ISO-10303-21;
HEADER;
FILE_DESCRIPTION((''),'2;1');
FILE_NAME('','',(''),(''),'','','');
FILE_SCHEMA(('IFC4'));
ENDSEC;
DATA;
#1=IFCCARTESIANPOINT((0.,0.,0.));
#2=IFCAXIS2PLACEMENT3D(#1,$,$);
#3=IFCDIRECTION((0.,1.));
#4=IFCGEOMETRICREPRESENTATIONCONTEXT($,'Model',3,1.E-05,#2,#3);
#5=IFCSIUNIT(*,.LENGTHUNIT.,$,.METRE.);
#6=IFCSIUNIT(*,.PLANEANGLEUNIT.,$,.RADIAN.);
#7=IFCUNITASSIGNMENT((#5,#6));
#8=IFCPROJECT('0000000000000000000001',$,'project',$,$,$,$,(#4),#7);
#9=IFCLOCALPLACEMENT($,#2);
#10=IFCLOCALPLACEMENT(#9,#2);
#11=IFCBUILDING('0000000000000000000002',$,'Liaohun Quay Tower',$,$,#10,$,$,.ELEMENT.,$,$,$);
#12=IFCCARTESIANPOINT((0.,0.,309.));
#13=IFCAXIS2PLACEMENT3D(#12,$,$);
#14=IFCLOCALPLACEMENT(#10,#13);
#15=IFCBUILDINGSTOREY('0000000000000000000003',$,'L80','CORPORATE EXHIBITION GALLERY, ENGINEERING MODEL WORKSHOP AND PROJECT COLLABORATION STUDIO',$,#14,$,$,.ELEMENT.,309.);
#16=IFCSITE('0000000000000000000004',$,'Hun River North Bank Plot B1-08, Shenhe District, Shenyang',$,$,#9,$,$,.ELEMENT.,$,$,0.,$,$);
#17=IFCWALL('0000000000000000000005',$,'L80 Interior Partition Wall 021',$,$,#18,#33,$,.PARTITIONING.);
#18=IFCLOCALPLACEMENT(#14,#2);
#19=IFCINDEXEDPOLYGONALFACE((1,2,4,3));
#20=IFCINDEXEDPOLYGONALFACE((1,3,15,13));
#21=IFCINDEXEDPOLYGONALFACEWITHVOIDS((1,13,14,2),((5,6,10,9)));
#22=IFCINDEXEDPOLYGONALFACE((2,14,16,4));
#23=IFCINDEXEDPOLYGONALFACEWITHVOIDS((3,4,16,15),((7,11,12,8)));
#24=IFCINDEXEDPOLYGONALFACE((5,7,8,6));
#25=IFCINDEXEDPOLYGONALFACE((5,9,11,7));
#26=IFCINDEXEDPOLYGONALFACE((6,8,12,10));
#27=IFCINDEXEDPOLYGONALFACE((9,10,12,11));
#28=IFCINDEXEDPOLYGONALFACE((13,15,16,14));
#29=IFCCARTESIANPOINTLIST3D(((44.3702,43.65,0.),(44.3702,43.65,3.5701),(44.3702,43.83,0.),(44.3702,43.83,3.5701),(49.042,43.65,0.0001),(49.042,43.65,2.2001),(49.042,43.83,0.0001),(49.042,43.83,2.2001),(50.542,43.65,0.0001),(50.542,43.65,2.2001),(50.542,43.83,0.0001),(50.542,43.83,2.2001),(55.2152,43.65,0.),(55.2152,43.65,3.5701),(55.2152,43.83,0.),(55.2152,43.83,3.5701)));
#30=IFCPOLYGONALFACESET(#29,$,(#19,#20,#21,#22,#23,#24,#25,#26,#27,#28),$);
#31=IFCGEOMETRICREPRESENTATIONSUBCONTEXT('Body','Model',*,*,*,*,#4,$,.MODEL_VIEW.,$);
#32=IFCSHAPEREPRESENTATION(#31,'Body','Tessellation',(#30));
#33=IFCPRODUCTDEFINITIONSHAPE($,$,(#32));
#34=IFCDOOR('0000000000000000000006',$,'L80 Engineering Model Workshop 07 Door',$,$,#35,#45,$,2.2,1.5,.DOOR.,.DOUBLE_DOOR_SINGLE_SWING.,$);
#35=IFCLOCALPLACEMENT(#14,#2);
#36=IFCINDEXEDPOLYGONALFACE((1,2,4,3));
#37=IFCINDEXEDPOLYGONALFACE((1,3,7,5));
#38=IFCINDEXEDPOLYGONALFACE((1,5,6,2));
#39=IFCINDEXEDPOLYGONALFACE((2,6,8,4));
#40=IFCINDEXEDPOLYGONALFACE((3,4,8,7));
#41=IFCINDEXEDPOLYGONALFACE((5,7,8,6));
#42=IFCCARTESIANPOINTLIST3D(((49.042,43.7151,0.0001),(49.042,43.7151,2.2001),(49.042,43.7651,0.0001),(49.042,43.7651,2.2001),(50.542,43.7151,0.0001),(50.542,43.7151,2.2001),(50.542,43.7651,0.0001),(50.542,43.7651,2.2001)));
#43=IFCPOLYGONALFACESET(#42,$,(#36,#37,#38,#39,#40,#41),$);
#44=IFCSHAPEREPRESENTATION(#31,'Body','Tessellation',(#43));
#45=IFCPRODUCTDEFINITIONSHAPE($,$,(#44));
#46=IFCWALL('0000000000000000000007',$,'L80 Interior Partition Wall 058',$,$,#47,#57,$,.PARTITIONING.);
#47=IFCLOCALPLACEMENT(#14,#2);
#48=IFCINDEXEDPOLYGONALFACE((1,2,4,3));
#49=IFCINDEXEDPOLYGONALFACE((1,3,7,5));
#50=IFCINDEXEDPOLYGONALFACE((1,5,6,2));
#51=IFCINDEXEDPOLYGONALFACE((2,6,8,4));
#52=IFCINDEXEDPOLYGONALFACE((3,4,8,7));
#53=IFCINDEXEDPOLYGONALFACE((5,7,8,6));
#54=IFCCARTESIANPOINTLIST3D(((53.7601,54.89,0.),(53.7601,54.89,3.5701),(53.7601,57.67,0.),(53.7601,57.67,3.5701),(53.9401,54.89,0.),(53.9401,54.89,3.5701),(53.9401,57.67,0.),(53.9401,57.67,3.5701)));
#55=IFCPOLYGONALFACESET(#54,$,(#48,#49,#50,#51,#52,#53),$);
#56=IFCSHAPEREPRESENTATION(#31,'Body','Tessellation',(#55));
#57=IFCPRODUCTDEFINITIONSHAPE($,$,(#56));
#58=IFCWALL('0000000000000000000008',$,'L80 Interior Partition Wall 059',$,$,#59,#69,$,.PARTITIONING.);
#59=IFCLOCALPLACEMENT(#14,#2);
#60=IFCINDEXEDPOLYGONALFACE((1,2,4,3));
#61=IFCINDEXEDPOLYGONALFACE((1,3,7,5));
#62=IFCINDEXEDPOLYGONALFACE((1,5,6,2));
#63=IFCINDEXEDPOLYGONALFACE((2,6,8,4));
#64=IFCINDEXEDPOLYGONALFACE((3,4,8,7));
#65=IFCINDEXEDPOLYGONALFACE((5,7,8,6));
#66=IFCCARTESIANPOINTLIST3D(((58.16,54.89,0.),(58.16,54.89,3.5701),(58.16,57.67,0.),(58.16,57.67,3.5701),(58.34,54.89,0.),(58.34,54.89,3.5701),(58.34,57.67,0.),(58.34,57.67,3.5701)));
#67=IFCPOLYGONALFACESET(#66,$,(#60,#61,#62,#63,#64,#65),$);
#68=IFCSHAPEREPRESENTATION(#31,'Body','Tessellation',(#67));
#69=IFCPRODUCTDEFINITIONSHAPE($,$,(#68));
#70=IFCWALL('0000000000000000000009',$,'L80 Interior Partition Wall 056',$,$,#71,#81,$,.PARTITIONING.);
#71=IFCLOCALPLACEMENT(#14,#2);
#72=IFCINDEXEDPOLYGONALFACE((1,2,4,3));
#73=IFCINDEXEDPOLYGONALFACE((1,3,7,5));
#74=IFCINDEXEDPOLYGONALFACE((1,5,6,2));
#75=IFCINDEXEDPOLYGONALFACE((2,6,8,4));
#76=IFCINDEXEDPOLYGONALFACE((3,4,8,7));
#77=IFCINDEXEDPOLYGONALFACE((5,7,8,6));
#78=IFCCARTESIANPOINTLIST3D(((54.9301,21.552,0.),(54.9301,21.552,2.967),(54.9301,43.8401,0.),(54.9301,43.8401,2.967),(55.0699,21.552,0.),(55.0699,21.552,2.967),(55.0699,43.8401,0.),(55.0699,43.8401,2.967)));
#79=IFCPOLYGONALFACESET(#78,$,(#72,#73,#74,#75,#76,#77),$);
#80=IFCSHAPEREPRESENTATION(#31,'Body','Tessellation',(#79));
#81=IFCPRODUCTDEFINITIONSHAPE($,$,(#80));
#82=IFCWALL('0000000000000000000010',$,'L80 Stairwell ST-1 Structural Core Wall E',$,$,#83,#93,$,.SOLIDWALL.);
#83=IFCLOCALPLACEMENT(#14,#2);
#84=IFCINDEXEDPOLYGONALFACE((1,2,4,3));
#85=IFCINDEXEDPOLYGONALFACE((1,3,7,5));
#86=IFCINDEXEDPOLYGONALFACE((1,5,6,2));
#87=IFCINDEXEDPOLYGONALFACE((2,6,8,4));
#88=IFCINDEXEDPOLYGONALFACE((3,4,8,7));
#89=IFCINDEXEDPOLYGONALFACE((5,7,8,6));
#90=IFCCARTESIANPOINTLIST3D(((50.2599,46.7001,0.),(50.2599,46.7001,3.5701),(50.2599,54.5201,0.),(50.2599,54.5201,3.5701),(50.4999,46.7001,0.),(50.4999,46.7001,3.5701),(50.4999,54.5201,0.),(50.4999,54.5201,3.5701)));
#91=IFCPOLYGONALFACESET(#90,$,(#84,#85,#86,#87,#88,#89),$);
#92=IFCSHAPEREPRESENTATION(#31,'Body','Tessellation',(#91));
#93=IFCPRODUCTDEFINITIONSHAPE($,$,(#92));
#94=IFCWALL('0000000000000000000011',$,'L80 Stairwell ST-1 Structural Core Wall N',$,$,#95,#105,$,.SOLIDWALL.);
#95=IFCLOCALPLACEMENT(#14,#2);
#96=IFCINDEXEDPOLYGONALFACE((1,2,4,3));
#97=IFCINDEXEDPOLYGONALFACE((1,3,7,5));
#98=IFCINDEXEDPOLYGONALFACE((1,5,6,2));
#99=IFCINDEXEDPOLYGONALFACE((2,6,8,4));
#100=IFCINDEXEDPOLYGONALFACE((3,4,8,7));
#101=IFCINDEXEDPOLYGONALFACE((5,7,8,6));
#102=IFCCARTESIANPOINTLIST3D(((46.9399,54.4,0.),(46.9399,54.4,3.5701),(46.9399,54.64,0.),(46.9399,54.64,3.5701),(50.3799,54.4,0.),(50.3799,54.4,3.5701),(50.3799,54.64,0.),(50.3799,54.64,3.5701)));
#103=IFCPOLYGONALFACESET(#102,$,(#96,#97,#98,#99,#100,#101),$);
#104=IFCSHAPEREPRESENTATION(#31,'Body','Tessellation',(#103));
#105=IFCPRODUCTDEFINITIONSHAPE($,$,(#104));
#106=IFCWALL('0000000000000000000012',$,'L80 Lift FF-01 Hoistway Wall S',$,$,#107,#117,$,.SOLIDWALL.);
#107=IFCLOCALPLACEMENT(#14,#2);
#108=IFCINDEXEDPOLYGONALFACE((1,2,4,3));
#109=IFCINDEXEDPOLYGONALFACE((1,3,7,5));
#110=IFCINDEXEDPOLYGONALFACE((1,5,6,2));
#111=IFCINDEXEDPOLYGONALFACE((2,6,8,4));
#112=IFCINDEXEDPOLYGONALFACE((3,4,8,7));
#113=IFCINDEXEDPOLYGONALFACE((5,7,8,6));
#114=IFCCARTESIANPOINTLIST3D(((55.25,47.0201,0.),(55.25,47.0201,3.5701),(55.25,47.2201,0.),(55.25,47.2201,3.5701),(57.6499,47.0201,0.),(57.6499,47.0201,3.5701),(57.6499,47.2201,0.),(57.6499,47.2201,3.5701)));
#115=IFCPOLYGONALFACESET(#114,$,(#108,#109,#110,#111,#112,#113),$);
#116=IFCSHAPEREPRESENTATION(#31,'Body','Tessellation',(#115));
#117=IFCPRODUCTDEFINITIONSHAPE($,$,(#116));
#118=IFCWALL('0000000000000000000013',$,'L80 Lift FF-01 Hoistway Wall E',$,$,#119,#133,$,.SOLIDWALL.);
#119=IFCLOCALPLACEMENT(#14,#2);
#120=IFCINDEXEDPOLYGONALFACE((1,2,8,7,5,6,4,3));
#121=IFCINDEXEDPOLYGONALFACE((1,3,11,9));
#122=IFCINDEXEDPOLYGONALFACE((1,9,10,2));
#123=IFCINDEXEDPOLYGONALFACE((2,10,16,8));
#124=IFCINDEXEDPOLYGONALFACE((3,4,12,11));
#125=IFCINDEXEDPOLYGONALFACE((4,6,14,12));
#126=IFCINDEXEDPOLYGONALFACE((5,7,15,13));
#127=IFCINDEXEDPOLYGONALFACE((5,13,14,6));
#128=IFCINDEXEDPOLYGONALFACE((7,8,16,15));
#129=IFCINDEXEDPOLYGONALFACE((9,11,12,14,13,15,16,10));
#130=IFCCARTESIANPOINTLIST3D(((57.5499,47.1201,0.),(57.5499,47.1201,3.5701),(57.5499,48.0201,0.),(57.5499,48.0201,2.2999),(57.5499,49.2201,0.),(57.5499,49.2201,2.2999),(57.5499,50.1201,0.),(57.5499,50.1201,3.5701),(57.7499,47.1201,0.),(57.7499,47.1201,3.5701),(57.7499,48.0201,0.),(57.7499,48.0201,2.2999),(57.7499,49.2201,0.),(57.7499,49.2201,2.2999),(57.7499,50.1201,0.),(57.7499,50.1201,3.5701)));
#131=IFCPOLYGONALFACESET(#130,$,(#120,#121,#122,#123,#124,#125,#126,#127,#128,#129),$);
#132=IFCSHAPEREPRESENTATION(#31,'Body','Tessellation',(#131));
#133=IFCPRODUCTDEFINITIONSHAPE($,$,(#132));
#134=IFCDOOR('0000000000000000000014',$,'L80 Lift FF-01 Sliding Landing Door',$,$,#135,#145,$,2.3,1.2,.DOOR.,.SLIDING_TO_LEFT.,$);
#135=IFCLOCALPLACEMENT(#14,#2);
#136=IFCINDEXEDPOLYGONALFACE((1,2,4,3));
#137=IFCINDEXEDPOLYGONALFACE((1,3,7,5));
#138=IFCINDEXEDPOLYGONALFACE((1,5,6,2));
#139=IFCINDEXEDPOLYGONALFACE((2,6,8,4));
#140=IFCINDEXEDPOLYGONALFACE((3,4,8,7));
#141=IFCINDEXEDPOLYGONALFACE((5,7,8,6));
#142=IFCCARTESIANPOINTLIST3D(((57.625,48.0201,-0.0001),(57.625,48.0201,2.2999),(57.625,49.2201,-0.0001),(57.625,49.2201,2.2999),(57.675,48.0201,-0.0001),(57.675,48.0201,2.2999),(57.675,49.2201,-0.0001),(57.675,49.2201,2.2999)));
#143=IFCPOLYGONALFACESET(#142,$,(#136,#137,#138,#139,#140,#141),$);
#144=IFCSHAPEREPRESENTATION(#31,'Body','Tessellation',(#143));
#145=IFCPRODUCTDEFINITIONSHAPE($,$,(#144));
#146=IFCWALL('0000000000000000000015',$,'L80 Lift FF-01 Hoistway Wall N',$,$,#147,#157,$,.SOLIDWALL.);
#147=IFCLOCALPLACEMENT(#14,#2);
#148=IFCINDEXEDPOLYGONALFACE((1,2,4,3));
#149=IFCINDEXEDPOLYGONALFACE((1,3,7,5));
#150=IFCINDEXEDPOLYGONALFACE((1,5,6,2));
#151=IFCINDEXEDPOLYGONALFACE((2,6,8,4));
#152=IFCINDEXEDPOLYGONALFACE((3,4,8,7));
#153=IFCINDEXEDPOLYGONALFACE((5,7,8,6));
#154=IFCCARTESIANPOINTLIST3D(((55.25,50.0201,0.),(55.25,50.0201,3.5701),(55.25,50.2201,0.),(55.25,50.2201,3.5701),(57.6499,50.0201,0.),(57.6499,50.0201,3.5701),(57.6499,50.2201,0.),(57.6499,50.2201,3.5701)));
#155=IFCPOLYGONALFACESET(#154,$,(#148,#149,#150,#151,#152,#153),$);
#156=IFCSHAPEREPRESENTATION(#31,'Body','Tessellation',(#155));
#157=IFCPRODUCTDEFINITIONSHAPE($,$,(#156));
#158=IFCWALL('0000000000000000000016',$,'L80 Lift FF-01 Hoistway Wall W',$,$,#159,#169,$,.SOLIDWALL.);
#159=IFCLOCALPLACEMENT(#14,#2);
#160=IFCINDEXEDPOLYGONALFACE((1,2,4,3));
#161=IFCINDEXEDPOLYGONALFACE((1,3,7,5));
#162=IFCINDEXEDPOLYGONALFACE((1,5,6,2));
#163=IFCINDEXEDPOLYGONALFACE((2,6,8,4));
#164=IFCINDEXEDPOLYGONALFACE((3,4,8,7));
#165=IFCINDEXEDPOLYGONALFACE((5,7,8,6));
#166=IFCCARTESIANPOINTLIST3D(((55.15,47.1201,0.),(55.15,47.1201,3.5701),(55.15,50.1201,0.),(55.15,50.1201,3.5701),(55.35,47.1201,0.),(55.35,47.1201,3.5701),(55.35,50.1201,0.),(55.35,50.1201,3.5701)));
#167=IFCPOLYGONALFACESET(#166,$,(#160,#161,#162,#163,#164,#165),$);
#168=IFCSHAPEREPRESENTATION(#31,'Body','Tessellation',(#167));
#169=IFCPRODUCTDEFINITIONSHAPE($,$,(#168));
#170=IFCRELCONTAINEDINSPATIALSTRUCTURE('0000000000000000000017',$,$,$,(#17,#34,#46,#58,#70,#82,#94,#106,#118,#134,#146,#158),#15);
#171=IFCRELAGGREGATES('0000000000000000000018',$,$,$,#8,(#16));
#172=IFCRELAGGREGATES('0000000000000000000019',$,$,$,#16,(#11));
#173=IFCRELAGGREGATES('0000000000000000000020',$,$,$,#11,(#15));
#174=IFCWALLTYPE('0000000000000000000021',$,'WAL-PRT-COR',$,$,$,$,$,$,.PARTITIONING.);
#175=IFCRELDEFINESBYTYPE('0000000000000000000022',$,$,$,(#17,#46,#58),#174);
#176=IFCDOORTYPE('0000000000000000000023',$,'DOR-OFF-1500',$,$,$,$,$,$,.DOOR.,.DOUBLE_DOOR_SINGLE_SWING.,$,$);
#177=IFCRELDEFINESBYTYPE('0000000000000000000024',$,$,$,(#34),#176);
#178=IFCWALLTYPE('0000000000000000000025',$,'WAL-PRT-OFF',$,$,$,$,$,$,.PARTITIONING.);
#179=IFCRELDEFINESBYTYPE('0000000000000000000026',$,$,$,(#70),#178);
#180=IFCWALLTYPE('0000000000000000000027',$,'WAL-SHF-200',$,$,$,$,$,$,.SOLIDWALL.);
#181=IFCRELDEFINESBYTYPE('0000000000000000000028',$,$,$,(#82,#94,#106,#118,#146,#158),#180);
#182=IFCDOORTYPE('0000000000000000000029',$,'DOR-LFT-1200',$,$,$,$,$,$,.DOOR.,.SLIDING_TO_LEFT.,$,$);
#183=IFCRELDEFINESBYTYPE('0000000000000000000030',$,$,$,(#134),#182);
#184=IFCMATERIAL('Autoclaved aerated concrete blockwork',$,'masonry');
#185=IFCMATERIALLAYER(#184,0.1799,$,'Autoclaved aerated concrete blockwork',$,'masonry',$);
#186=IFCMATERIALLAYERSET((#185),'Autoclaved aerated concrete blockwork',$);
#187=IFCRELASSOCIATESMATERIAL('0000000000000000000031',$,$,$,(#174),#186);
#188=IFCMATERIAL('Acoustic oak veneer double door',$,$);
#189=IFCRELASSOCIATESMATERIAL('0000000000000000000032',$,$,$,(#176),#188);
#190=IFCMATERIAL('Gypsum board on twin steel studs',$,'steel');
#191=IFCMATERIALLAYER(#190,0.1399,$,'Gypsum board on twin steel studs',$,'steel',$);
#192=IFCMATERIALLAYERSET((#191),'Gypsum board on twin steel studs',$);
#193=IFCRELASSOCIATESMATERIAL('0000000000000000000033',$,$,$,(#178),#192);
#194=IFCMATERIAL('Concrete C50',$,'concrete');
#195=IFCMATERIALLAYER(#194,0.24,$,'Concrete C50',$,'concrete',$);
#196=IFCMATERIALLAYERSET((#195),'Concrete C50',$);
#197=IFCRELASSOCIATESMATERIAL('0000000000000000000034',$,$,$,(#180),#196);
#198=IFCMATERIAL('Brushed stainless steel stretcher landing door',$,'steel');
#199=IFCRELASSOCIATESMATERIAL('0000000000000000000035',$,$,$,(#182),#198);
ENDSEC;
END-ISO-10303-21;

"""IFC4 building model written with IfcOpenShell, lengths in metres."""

from ifc_helpers import new_model, si_unit, direction, frame, frame_2d, origin, place, context, subcontext, project, spatial, rectangle, extrude, source, transform, mapped, material, layer, layer_set, type_object, element, fill, save


model = new_model("IFC4")

# Units and contexts
model_context = context("Model", 3, precision=1e-05, world=origin(), true_north=direction((0.0, 1.0)))
body_context = subcontext(model_context, "Body", "Model", "MODEL_VIEW")
ifc_project = project(units=[si_unit("LENGTHUNIT", "METRE"), si_unit("PLANEANGLEUNIT", "RADIAN")], contexts=[model_context])

# Site, building, storey
site_placement = place(None, origin())
site = spatial("IfcSite", under=ifc_project, at=site_placement, Name="Hun River North Bank Plot B1-08, Shenhe District, Shenyang", CompositionType="ELEMENT", RefElevation=0.0)
building_placement = place(site_placement, origin())
building = spatial("IfcBuilding", under=site, at=building_placement, Name="Liaohun Quay Tower", CompositionType="ELEMENT")
storey_placement = place(building_placement, frame((0.0, 0.0, 309.0)))
storey = spatial("IfcBuildingStorey", under=building, at=storey_placement, Name="L80", Description="CORPORATE EXHIBITION GALLERY, ENGINEERING MODEL WORKSHOP AND PROJECT COLLABORATION STUDIO", CompositionType="ELEMENT", Elevation=309.0)

# Shared definitions
ifc_material_1 = material(Name="Concrete C50", Category="concrete")

# Wall, opening, door
ifc_material_2 = material(Name="Autoclaved aerated concrete blockwork", Category="masonry")
ifc_layer_1 = layer(ifc_material_2, 0.1799, Name="Autoclaved aerated concrete blockwork", Category="masonry")
ifc_layer_set_1 = layer_set([ifc_layer_1], Name="Autoclaved aerated concrete blockwork")
wall_type_1 = type_object("IfcWallType", Name="WAL-PRT-COR", PredefinedType="PARTITIONING", material=ifc_layer_set_1)
wall_1_placement = place(storey_placement, frame((55.2151, 43.74, 0.0), z_axis=(0.0, 0.0, 1.0), x_axis=(-1.0, 0.0, 0.0)))
wall_1 = element("IfcWall", 1, at=wall_1_placement, inside=storey, type_object=wall_type_1, Name="L80 Interior Partition Wall 021", PredefinedType="PARTITIONING", context=body_context, shape_type="SweptSolid", body=[
    extrude(rectangle(XDim=10.845, YDim=0.1799, at=frame_2d((5.4224, 0.0))), origin(), (0.0, 0.0, 1.0), 3.5701),
])
shared_shape_1 = source(origin(), body_context, "Body", "SweptSolid", [
    extrude(rectangle(XDim=1.5, YDim=2.2, at=frame_2d((0.75, 1.1001))), frame((0.0, 0.0999, 0.0), z_axis=(0.0, -1.0, 0.0), x_axis=(1.0, 0.0, 0.0)), (0.0, 0.0, 1.0), 0.2),
])
opening_1_placement = place(wall_1_placement, frame((4.6731, 0.0, 0.0)))
opening_1 = element("IfcOpeningElement", 2, at=opening_1_placement, cuts=wall_1, PredefinedType="OPENING", context=body_context, shape_type="MappedRepresentation", body=[
    mapped(shared_shape_1, transform((0.0, 0.0, 0.0), x_axis=(1.0, 0.0, 0.0), y_axis=(0.0, 1.0, 0.0), z_axis=(0.0, 0.0, 1.0), scale=1.0)),
])
ifc_material_3 = material(Name="Acoustic oak veneer double door")
door_type_1 = type_object("IfcDoorType", Name="DOR-OFF-1500", OperationType="DOUBLE_DOOR_SINGLE_SWING", PredefinedType="DOOR", material=ifc_material_3)
shared_shape_2 = source(origin(), body_context, "Body", "SweptSolid", [
    extrude(rectangle(XDim=1.5, YDim=2.2, at=frame_2d((0.75, 1.1001))), frame((0.0, 0.0249, 0.0), z_axis=(0.0, -1.0, 0.0), x_axis=(1.0, 0.0, 0.0)), (0.0, 0.0, 1.0), 0.05),
])
door_1_placement = place(opening_1_placement, origin())
door_1 = element("IfcDoor", 3, at=door_1_placement, inside=storey, type_object=door_type_1, Name="L80 Engineering Model Workshop 07 Door", OperationType="DOUBLE_DOOR_SINGLE_SWING", OverallHeight=2.2, OverallWidth=1.5, PredefinedType="DOOR", context=body_context, shape_type="MappedRepresentation", body=[
    mapped(shared_shape_2, transform((0.0, 0.0, 0.0), x_axis=(1.0, 0.0, 0.0), y_axis=(0.0, 1.0, 0.0), z_axis=(0.0, 0.0, 1.0), scale=1.0)),
])
fill(opening_1, door_1)

# Walls
for number, where, z_axis, x_axis, name in (
    (4, (53.8501, 54.8899, 0.0), (0.0, 0.0, 1.0), (0.0, 1.0, 0.0), "L80 Interior Partition Wall 058"),
    (5, (58.25, 54.8899, 0.0), (0.0, 0.0, 1.0), (0.0, 1.0, 0.0), "L80 Interior Partition Wall 059"),
):
    element("IfcWall", number, at=place(storey_placement, frame(where, z_axis=z_axis, x_axis=x_axis)), inside=storey, type_object=wall_type_1, Name=name, PredefinedType="PARTITIONING", context=body_context, shape_type="SweptSolid", body=[
        extrude(rectangle(XDim=2.78, YDim=0.1799, at=frame_2d((1.3901, 0.0))), origin(), (0.0, 0.0, 1.0), 3.5701),
    ])
ifc_material_4 = material(Name="Gypsum board on twin steel studs", Category="steel")
ifc_layer_2 = layer(ifc_material_4, 0.1399, Name="Gypsum board on twin steel studs", Category="steel")
ifc_layer_set_2 = layer_set([ifc_layer_2], Name="Gypsum board on twin steel studs")
wall_type_2 = type_object("IfcWallType", Name="WAL-PRT-OFF", PredefinedType="PARTITIONING", material=ifc_layer_set_2)
wall_2_placement = place(storey_placement, frame((55.0, 43.8401, 0.0), z_axis=(0.0, 0.0, 1.0), x_axis=(0.0, -1.0, 0.0)))
element("IfcWall", 6, at=wall_2_placement, inside=storey, type_object=wall_type_2, Name="L80 Interior Partition Wall 056", PredefinedType="PARTITIONING", context=body_context, shape_type="SweptSolid", body=[
    extrude(rectangle(XDim=22.2881, YDim=0.1399, at=frame_2d((11.144, 0.0))), origin(), (0.0, 0.0, 1.0), 2.967),
])
ifc_layer_3 = layer(ifc_material_1, 0.24, Name="Concrete C50", Category="concrete")
ifc_layer_set_3 = layer_set([ifc_layer_3], Name="Concrete C50")
wall_type_3 = type_object("IfcWallType", Name="WAL-SHF-200", PredefinedType="SOLIDWALL", material=ifc_layer_set_3)
wall_3_placement = place(storey_placement, frame((50.3799, 46.7, 0.0), z_axis=(0.0, 0.0, 1.0), x_axis=(0.0, 1.0, 0.0)))
element("IfcWall", 7, at=wall_3_placement, inside=storey, type_object=wall_type_3, Name="L80 Stairwell ST-1 Structural Core Wall E", PredefinedType="SOLIDWALL", context=body_context, shape_type="SweptSolid", body=[
    extrude(rectangle(XDim=7.8201, YDim=0.24, at=frame_2d((3.9102, 0.0))), origin(), (0.0, 0.0, 1.0), 3.5701),
])
wall_4_placement = place(storey_placement, frame((50.3799, 54.52, 0.0), z_axis=(0.0, 0.0, 1.0), x_axis=(-1.0, 0.0, 0.0)))
element("IfcWall", 8, at=wall_4_placement, inside=storey, type_object=wall_type_3, Name="L80 Stairwell ST-1 Structural Core Wall N", PredefinedType="SOLIDWALL", context=body_context, shape_type="SweptSolid", body=[
    extrude(rectangle(XDim=3.4399, YDim=0.24, at=frame_2d((1.72, 0.0))), origin(), (0.0, 0.0, 1.0), 3.5701),
])
wall_5_placement = place(storey_placement, frame((55.25, 47.1201, 0.0), z_axis=(0.0, 0.0, 1.0), x_axis=(1.0, 0.0, 0.0)))
element("IfcWall", 9, at=wall_5_placement, inside=storey, type_object=wall_type_3, Name="L80 Lift FF-01 Hoistway Wall S", PredefinedType="SOLIDWALL", context=body_context, shape_type="SweptSolid", body=[
    extrude(rectangle(XDim=2.3999, YDim=0.2, at=frame_2d((1.2, 0.0))), origin(), (0.0, 0.0, 1.0), 3.5701),
])

# Wall, opening, door
wall_6_placement = place(storey_placement, frame((57.6499, 47.1201, 0.0), z_axis=(0.0, 0.0, 1.0), x_axis=(0.0, 1.0, 0.0)))
wall_6 = element("IfcWall", 10, at=wall_6_placement, inside=storey, type_object=wall_type_3, Name="L80 Lift FF-01 Hoistway Wall E", PredefinedType="SOLIDWALL", context=body_context, shape_type="SweptSolid", body=[
    extrude(rectangle(XDim=3.0, YDim=0.2, at=frame_2d((1.5, 0.0))), origin(), (0.0, 0.0, 1.0), 3.5701),
])
shared_shape_3 = source(origin(), body_context, "Body", "SweptSolid", [
    extrude(rectangle(XDim=1.2, YDim=2.3, at=frame_2d((0.6001, 1.1499))), frame((0.0, 0.1099, 0.0), z_axis=(0.0, -1.0, 0.0), x_axis=(1.0, 0.0, 0.0)), (0.0, 0.0, 1.0), 0.22),
])
opening_2_placement = place(wall_6_placement, frame((0.8999, 0.0, 0.0)))
opening_2 = element("IfcOpeningElement", 11, at=opening_2_placement, cuts=wall_6, PredefinedType="OPENING", context=body_context, shape_type="MappedRepresentation", body=[
    mapped(shared_shape_3, transform((0.0, 0.0, 0.0), x_axis=(1.0, 0.0, 0.0), y_axis=(0.0, 1.0, 0.0), z_axis=(0.0, 0.0, 1.0), scale=1.0)),
])
ifc_material_5 = material(Name="Brushed stainless steel stretcher landing door", Category="steel")
door_type_2 = type_object("IfcDoorType", Name="DOR-LFT-1200", OperationType="SLIDING_TO_LEFT", PredefinedType="DOOR", material=ifc_material_5)
shared_shape_4 = source(origin(), body_context, "Body", "SweptSolid", [
    extrude(rectangle(XDim=1.2, YDim=2.3, at=frame_2d((0.6001, 1.1499))), frame((0.0, 0.0249, 0.0), z_axis=(0.0, -1.0, 0.0), x_axis=(1.0, 0.0, 0.0)), (0.0, 0.0, 1.0), 0.05),
])
door_2_placement = place(opening_2_placement, origin())
door_2 = element("IfcDoor", 12, at=door_2_placement, inside=storey, type_object=door_type_2, Name="L80 Lift FF-01 Sliding Landing Door", OperationType="SLIDING_TO_LEFT", OverallHeight=2.3, OverallWidth=1.2, PredefinedType="DOOR", context=body_context, shape_type="MappedRepresentation", body=[
    mapped(shared_shape_4, transform((0.0, 0.0, 0.0), x_axis=(1.0, 0.0, 0.0), y_axis=(0.0, 1.0, 0.0), z_axis=(0.0, 0.0, 1.0), scale=1.0)),
])
fill(opening_2, door_2)

# Walls
wall_7_placement = place(storey_placement, frame((57.6499, 50.1201, 0.0), z_axis=(0.0, 0.0, 1.0), x_axis=(-1.0, 0.0, 0.0)))
element("IfcWall", 13, at=wall_7_placement, inside=storey, type_object=wall_type_3, Name="L80 Lift FF-01 Hoistway Wall N", PredefinedType="SOLIDWALL", context=body_context, shape_type="SweptSolid", body=[
    extrude(rectangle(XDim=2.3999, YDim=0.2, at=frame_2d((1.2, 0.0))), origin(), (0.0, 0.0, 1.0), 3.5701),
])
wall_8_placement = place(storey_placement, frame((55.25, 50.1201, 0.0), z_axis=(0.0, 0.0, 1.0), x_axis=(0.0, -1.0, 0.0)))
element("IfcWall", 14, at=wall_8_placement, inside=storey, type_object=wall_type_3, Name="L80 Lift FF-01 Hoistway Wall W", PredefinedType="SOLIDWALL", context=body_context, shape_type="SweptSolid", body=[
    extrude(rectangle(XDim=3.0, YDim=0.2, at=frame_2d((1.5, 0.0))), origin(), (0.0, 0.0, 1.0), 3.5701),
])

save(model, "model.ifc")
